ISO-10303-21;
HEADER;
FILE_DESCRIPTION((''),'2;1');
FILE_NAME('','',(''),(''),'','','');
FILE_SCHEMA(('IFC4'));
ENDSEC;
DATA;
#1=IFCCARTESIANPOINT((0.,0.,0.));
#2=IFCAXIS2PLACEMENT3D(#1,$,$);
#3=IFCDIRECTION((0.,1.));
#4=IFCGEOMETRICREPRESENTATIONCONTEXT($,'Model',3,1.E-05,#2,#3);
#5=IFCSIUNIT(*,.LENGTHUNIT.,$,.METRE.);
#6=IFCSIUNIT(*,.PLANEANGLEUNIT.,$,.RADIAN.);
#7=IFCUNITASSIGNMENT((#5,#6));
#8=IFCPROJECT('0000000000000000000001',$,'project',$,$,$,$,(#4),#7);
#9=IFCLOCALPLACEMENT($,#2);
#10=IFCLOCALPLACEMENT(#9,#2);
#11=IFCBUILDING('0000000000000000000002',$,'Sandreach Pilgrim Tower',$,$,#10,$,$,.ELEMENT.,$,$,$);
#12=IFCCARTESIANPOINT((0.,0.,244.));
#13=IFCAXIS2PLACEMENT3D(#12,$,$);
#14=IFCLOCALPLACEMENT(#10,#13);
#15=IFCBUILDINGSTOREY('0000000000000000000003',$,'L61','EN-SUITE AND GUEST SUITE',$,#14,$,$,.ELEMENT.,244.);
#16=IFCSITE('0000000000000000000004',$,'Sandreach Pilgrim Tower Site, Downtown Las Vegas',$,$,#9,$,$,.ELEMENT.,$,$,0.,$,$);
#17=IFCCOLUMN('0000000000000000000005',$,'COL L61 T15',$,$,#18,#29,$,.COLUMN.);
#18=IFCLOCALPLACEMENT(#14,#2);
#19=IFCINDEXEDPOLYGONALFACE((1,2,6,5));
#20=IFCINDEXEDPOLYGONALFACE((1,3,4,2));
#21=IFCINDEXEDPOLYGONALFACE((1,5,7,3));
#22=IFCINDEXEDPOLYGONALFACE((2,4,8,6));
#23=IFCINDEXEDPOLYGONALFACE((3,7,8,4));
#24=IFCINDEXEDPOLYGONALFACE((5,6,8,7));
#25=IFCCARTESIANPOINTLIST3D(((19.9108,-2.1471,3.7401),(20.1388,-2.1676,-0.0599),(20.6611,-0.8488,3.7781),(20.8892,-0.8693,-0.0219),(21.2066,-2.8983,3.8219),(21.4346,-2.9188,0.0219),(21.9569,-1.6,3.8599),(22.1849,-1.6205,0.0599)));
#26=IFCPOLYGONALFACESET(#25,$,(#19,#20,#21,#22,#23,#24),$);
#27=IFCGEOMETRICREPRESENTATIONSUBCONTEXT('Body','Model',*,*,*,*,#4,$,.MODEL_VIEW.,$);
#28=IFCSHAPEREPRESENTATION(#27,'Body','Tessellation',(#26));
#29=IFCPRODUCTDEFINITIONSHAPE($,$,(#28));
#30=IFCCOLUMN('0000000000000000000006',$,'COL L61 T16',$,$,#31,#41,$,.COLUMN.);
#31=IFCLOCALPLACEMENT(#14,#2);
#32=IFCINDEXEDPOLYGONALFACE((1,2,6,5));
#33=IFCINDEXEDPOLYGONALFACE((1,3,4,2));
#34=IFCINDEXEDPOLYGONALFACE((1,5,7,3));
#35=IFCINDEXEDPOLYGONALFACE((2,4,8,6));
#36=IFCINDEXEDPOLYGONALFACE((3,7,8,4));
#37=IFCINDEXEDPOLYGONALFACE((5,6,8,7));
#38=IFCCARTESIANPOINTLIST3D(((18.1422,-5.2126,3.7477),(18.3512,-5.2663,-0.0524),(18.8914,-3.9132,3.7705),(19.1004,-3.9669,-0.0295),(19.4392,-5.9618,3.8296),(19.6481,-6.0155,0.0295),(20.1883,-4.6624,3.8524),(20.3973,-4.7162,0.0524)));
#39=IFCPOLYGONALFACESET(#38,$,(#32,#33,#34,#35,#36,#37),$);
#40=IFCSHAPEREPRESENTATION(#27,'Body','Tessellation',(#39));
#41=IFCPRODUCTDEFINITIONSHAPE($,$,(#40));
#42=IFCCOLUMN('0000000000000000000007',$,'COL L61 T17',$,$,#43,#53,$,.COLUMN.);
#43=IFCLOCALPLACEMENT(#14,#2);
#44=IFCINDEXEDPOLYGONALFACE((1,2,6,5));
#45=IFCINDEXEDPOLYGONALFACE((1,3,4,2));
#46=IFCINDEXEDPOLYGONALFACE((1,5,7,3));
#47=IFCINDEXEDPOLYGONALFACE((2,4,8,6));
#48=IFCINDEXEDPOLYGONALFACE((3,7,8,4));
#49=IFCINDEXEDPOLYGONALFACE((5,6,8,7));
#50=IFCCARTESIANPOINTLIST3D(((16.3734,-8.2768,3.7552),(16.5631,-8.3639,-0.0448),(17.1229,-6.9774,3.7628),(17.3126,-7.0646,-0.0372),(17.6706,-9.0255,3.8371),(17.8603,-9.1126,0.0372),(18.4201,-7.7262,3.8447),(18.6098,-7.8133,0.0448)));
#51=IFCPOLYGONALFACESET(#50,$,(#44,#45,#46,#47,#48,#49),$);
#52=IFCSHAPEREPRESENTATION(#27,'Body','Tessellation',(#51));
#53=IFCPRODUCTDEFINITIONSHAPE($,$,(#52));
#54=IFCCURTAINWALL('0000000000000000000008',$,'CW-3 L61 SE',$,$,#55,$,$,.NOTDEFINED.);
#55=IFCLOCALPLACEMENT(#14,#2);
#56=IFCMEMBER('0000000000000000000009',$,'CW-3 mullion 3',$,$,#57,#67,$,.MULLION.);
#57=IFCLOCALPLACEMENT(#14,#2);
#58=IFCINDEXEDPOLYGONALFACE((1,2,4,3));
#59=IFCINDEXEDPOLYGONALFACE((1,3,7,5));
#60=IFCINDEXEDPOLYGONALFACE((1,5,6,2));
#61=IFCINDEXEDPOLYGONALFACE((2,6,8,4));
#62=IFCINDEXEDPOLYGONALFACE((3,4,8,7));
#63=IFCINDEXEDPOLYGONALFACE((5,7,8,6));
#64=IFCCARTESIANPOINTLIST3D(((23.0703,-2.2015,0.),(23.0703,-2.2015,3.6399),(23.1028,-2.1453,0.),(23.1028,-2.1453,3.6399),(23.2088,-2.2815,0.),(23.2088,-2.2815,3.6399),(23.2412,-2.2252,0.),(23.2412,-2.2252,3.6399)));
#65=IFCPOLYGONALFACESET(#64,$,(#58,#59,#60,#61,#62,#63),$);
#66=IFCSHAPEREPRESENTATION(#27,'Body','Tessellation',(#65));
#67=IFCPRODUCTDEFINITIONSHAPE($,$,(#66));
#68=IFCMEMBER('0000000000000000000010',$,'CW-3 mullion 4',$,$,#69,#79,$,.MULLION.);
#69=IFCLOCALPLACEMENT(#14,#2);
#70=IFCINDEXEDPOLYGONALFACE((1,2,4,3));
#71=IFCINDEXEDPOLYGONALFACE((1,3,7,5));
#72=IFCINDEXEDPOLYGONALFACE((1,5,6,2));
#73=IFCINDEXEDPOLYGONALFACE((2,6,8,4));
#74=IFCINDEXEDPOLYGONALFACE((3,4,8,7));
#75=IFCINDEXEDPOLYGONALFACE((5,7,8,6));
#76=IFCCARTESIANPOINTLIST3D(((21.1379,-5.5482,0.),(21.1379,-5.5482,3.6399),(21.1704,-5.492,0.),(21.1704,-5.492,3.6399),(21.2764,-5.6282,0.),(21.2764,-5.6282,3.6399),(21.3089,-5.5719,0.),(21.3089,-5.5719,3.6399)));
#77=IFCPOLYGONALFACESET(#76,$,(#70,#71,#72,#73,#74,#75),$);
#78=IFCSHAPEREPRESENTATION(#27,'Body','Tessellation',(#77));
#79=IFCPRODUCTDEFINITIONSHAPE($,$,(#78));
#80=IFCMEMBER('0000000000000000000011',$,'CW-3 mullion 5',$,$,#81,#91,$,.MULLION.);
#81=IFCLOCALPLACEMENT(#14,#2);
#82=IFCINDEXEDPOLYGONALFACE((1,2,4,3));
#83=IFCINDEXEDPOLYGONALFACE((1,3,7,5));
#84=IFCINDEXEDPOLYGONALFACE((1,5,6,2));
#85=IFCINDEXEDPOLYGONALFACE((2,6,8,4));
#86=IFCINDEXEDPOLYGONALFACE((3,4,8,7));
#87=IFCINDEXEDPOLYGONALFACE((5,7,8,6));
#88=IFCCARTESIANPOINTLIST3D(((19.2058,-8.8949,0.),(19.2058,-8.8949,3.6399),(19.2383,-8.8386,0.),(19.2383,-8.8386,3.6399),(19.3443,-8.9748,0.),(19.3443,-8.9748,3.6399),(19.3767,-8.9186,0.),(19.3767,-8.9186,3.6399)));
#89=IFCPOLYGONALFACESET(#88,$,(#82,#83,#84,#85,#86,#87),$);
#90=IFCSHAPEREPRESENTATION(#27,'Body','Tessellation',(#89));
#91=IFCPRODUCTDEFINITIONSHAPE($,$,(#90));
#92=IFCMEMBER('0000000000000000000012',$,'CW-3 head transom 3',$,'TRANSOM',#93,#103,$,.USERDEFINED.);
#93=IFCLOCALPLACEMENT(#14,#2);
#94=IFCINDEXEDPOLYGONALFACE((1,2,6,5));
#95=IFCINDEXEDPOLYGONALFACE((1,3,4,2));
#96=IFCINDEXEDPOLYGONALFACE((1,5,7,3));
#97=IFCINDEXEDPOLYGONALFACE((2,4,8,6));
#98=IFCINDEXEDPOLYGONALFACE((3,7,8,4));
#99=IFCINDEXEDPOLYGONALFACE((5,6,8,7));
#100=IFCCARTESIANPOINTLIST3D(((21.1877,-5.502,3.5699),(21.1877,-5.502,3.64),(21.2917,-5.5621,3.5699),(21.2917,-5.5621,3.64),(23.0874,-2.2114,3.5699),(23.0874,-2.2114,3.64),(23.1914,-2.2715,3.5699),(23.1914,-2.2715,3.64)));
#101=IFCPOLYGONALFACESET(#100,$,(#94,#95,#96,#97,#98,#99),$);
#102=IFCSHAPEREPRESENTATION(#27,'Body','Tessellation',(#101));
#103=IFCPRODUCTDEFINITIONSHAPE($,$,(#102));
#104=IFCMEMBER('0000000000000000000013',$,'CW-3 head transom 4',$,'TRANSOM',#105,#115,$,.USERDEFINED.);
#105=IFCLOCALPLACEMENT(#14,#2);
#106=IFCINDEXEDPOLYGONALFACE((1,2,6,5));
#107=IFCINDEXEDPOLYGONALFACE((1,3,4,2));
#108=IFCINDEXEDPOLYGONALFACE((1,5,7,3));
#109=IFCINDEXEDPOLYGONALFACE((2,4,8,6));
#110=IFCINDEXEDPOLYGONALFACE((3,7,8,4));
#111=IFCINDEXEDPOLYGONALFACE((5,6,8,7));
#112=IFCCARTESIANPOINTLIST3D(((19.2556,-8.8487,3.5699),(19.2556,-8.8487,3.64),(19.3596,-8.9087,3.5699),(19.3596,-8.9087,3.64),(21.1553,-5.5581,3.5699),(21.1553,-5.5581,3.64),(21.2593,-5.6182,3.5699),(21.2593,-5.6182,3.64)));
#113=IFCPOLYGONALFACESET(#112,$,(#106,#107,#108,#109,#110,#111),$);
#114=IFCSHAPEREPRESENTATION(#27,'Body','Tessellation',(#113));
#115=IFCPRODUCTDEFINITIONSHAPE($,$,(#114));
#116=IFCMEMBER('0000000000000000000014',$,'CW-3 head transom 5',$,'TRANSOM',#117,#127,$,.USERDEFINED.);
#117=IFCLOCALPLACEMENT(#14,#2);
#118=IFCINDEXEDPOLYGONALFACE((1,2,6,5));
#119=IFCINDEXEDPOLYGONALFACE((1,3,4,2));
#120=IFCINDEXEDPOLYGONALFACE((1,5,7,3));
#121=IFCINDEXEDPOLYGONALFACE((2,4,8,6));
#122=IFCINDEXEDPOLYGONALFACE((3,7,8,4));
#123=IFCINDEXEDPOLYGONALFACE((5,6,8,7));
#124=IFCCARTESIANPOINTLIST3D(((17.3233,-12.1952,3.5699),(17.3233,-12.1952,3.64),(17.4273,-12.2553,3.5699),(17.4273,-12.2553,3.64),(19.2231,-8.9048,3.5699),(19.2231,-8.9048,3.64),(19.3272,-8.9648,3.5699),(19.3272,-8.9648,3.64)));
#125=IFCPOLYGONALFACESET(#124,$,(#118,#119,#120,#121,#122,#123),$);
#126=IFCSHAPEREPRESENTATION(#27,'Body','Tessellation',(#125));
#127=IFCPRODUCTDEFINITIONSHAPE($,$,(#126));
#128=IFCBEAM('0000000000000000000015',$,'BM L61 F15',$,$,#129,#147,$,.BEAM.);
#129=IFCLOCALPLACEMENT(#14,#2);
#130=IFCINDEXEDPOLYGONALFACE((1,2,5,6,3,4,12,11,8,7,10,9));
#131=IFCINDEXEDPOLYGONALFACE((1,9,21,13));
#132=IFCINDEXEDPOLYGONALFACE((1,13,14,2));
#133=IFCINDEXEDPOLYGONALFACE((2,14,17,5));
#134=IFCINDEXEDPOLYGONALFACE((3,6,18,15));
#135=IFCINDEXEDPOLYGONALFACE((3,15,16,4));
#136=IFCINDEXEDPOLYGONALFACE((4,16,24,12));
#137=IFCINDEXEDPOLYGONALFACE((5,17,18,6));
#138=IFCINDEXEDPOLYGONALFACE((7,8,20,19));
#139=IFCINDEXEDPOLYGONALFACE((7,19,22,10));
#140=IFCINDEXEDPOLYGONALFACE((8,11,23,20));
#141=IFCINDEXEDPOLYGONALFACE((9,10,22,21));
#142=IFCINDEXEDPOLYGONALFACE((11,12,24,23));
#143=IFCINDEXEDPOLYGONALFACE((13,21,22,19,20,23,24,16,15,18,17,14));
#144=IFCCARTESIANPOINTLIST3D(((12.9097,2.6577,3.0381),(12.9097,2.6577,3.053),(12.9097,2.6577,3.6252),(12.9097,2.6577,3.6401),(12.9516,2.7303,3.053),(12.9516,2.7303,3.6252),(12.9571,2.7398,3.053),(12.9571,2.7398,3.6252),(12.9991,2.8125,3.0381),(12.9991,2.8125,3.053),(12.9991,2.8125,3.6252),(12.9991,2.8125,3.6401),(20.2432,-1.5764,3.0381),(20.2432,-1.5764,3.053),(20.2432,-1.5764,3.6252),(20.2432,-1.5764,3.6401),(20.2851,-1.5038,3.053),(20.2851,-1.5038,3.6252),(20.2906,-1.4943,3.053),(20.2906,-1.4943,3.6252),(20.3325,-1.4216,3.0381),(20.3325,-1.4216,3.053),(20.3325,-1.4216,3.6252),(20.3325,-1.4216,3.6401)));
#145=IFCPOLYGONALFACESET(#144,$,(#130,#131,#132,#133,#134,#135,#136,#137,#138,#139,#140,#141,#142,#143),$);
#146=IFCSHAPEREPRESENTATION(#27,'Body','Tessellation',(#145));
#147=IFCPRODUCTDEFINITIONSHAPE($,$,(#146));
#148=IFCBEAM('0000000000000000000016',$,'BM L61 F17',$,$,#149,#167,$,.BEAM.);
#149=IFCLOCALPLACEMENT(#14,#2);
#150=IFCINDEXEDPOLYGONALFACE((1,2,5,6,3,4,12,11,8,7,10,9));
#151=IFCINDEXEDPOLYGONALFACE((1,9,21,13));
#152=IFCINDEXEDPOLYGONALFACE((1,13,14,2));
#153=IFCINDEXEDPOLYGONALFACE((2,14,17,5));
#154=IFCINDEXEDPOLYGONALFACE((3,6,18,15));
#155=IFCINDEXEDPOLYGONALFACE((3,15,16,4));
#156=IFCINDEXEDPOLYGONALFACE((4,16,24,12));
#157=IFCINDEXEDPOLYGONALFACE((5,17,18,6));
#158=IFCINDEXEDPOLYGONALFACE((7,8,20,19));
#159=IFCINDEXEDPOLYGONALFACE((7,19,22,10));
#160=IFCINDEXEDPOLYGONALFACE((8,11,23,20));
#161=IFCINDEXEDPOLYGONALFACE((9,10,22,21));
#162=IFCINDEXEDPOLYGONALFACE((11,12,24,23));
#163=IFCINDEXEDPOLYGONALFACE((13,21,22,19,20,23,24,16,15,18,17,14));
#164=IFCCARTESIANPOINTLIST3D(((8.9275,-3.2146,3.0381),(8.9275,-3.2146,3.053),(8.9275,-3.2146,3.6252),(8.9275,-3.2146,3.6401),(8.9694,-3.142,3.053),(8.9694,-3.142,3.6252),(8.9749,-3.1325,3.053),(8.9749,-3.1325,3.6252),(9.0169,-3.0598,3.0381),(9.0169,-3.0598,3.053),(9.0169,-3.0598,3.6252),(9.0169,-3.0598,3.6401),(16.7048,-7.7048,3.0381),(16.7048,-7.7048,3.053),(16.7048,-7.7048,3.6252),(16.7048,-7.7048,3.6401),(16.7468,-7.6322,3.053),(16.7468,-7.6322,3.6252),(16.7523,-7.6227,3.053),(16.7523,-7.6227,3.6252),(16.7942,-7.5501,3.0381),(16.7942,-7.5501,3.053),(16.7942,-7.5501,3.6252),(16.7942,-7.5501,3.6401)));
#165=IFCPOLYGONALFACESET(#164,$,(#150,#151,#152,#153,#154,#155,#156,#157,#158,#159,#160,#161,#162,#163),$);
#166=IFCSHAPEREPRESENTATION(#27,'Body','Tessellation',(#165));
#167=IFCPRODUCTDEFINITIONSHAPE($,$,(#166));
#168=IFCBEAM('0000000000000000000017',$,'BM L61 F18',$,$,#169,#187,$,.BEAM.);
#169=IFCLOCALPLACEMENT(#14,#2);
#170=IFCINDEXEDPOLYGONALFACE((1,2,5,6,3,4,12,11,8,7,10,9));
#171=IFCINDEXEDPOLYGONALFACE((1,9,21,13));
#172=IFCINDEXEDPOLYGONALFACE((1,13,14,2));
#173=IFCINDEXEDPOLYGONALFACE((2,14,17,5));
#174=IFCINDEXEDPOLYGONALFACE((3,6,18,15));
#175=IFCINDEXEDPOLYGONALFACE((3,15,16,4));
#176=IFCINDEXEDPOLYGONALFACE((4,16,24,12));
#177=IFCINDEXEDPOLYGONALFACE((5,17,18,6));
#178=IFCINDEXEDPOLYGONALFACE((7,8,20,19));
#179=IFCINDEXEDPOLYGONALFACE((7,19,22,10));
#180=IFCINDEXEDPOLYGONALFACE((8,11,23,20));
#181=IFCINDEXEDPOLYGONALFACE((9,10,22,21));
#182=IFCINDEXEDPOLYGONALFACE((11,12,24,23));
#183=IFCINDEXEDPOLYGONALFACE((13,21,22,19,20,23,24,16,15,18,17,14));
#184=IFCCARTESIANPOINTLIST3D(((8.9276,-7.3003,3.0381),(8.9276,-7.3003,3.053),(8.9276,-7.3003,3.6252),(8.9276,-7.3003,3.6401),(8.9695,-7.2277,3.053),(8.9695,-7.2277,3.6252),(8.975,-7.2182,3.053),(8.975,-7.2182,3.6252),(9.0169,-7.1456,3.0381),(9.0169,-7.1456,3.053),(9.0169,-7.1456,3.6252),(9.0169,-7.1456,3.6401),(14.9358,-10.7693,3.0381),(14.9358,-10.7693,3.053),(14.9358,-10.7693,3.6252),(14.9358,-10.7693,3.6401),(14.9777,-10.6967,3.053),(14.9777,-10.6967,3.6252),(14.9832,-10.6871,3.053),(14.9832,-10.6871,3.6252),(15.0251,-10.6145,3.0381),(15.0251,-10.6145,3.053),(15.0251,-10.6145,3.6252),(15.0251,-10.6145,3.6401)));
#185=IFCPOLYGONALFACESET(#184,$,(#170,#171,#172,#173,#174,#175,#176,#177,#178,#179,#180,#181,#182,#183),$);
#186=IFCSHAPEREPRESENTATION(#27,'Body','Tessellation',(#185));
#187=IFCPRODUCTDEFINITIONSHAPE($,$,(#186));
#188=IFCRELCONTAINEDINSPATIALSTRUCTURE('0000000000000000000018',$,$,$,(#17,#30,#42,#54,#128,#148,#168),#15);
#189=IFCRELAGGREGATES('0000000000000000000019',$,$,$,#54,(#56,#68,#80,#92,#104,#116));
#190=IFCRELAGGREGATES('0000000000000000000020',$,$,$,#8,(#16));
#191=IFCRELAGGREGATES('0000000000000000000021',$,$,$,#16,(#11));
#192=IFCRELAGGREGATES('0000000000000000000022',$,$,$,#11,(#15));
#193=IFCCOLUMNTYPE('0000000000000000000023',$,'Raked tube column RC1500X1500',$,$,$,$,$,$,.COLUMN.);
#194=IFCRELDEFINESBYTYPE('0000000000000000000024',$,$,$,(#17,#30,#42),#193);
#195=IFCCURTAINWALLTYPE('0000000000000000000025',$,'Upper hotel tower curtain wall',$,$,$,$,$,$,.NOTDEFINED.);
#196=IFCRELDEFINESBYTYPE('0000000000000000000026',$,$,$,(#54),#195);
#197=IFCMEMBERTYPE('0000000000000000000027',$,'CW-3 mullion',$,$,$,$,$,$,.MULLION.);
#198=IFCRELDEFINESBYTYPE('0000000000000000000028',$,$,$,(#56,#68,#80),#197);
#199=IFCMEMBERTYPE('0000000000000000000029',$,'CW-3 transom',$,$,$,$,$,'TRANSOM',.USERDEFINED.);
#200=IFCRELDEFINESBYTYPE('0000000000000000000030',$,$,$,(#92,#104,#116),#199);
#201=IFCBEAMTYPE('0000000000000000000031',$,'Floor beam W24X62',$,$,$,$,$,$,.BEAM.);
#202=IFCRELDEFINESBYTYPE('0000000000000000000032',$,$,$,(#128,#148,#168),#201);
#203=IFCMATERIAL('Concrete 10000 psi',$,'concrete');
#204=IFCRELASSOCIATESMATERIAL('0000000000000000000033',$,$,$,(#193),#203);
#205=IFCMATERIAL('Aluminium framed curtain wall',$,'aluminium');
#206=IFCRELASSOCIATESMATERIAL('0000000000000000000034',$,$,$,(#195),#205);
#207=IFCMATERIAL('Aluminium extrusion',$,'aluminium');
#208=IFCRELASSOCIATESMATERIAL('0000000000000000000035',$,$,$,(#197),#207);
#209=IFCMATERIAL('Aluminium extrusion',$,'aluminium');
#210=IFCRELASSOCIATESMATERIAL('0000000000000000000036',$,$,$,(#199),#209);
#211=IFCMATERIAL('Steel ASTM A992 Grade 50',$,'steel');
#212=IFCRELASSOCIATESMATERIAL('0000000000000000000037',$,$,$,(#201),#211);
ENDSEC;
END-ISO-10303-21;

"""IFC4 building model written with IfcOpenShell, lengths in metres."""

from ifc_helpers import new_model, si_unit, direction, frame, origin, origin_2d, place, context, subcontext, project, spatial, rectangle, i_section, extrude, material, material_profile, profile_set, type_object, element, aggregate, save


model = new_model("IFC4")

# Units and contexts
model_context = context("Model", 3, precision=1e-05, world=origin(), true_north=direction((0.0, 1.0)))
body_context = subcontext(model_context, "Body", "Model", "MODEL_VIEW")
ifc_project = project(units=[si_unit("LENGTHUNIT", "METRE"), si_unit("PLANEANGLEUNIT", "RADIAN")], contexts=[model_context])

# Site, building, storey
site_placement = place(None, origin())
site = spatial("IfcSite", under=ifc_project, at=site_placement, Name="Sandreach Pilgrim Tower Site, Downtown Las Vegas", CompositionType="ELEMENT", RefElevation=0.0)
building_placement = place(site_placement, origin())
building = spatial("IfcBuilding", under=site, at=building_placement, Name="Sandreach Pilgrim Tower", CompositionType="ELEMENT")
storey_placement = place(building_placement, frame((0.0, 0.0, 244.0)))
storey = spatial("IfcBuildingStorey", under=building, at=storey_placement, Name="L61", Description="EN-SUITE AND GUEST SUITE", CompositionType="ELEMENT", Elevation=244.0)

# Columns
ifc_material_1 = material(Name="Concrete 10000 psi", Category="concrete")
ifc_material_profile_1 = material_profile(ifc_material_1, rectangle(XDim=1.5, YDim=1.5, at=origin_2d()), Name="RC1500X1500")
ifc_profile_set_1 = profile_set([ifc_material_profile_1], Name="Concrete 10000 psi")
column_type = type_object("IfcColumnType", Name="Raked tube column RC1500X1500", PredefinedType="COLUMN", material=ifc_profile_set_1)
column_1_placement = place(storey_placement, frame((21.1619, -1.894, 0.0), z_axis=(-0.059898, 0.005387, 0.99819), x_axis=(0.863829, -0.500825, 0.054538)))
element("IfcColumn", 1, at=column_1_placement, inside=storey, type_object=column_type, Name="COL L61 T15", PredefinedType="COLUMN", context=body_context, shape_type="SweptSolid", body=[
    extrude(rectangle(XDim=1.5, YDim=1.5, at=origin_2d()), origin(), (0.0, 0.0, 1.0), 3.8069),
])
column_2_placement = place(storey_placement, frame((19.3743, -4.9912, 0.0), z_axis=(-0.054907, 0.014112, 0.998392), x_axis=(0.864606, -0.499474, 0.054609)))
element("IfcColumn", 2, at=column_2_placement, inside=storey, type_object=column_type, Name="COL L61 T16", PredefinedType="COLUMN", context=body_context, shape_type="SweptSolid", body=[
    extrude(rectangle(XDim=1.5, YDim=1.5, at=origin_2d()), origin(), (0.0, 0.0, 1.0), 3.8062),
])
column_3_placement = place(storey_placement, frame((17.5864, -8.0886, 0.0), z_axis=(-0.049845, 0.022902, 0.998494), x_axis=(0.864792, -0.499152, 0.054619)))
element("IfcColumn", 3, at=column_3_placement, inside=storey, type_object=column_type, Name="COL L61 T17", PredefinedType="COLUMN", context=body_context, shape_type="SweptSolid", body=[
    extrude(rectangle(XDim=1.5, YDim=1.5, at=origin_2d()), origin(), (0.0, 0.0, 1.0), 3.8057),
])

# Curtain wall, members
ifc_material_2 = material(Name="Aluminium framed curtain wall", Category="aluminium")
curtain_wall_type = type_object("IfcCurtainWallType", Name="Upper hotel tower curtain wall", PredefinedType="NOTDEFINED", material=ifc_material_2)
curtain_wall_placement = place(storey_placement, origin())
curtain_wall = element("IfcCurtainWall", 4, at=curtain_wall_placement, inside=storey, type_object=curtain_wall_type, Name="CW-3 L61 SE", PredefinedType="NOTDEFINED")
ifc_material_3 = material(Name="Aluminium extrusion", Category="aluminium")
ifc_material_profile_2 = material_profile(ifc_material_3, rectangle(XDim=0.0649, YDim=0.1599, at=origin_2d()), Name="CW-3M 65X160")
ifc_profile_set_2 = profile_set([ifc_material_profile_2], Name="Aluminium extrusion")
member_type_1 = type_object("IfcMemberType", Name="CW-3 mullion", PredefinedType="MULLION", material=ifc_profile_set_2)
member_1_placement = place(storey_placement, frame((23.1558, -2.2134, 0.0), z_axis=(0.0, 0.0, 1.0), x_axis=(-0.5, -0.866025, 0.0)))
member_1 = element("IfcMember", 5, at=member_1_placement, type_object=member_type_1, Name="CW-3 mullion 3", PredefinedType="MULLION", context=body_context, shape_type="SweptSolid", body=[
    extrude(rectangle(XDim=0.0649, YDim=0.1599, at=origin_2d()), origin(), (0.0, 0.0, 1.0), 3.6399),
])
member_2_placement = place(storey_placement, frame((21.2234, -5.5601, 0.0), z_axis=(0.0, 0.0, 1.0), x_axis=(-0.5, -0.866025, 0.0)))
member_2 = element("IfcMember", 6, at=member_2_placement, type_object=member_type_1, Name="CW-3 mullion 4", PredefinedType="MULLION", context=body_context, shape_type="SweptSolid", body=[
    extrude(rectangle(XDim=0.0649, YDim=0.1599, at=origin_2d()), origin(), (0.0, 0.0, 1.0), 3.6399),
])
member_3_placement = place(storey_placement, frame((19.2913, -8.9067, 0.0), z_axis=(0.0, 0.0, 1.0), x_axis=(-0.5, -0.866025, 0.0)))
member_3 = element("IfcMember", 7, at=member_3_placement, type_object=member_type_1, Name="CW-3 mullion 5", PredefinedType="MULLION", context=body_context, shape_type="SweptSolid", body=[
    extrude(rectangle(XDim=0.0649, YDim=0.1599, at=origin_2d()), origin(), (0.0, 0.0, 1.0), 3.6399),
])
ifc_material_4 = material(Name="Aluminium extrusion", Category="aluminium")
ifc_material_profile_3 = material_profile(ifc_material_4, rectangle(XDim=0.1201, YDim=0.0701, at=origin_2d()), Name="CW-3T 120X70")
ifc_profile_set_3 = profile_set([ifc_material_profile_3], Name="Aluminium extrusion")
member_type_2 = type_object("IfcMemberType", Name="CW-3 transom", ElementType="TRANSOM", PredefinedType="USERDEFINED", material=ifc_profile_set_3)
member_4_placement = place(storey_placement, frame((23.1394, -2.2415, 3.605), z_axis=(-0.499975, -0.86604, 0.0), x_axis=(0.86604, -0.499975, 0.0)))
member_4 = element("IfcMember", 8, at=member_4_placement, type_object=member_type_2, Name="CW-3 head transom 3", ObjectType="TRANSOM", PredefinedType="USERDEFINED", context=body_context, shape_type="SweptSolid", body=[
    extrude(rectangle(XDim=0.1201, YDim=0.0701, at=origin_2d()), origin(), (0.0, 0.0, 1.0), 3.7996),
])
member_5_placement = place(storey_placement, frame((21.2073, -5.5881, 3.605), z_axis=(-0.499975, -0.86604, 0.0), x_axis=(0.86604, -0.499975, 0.0)))
member_5 = element("IfcMember", 9, at=member_5_placement, type_object=member_type_2, Name="CW-3 head transom 4", ObjectType="TRANSOM", PredefinedType="USERDEFINED", context=body_context, shape_type="SweptSolid", body=[
    extrude(rectangle(XDim=0.1201, YDim=0.0701, at=origin_2d()), origin(), (0.0, 0.0, 1.0), 3.7996),
])
member_6_placement = place(storey_placement, frame((19.2751, -8.9348, 3.605), z_axis=(-0.500023, -0.866012, 0.0), x_axis=(0.866012, -0.500023, 0.0)))
member_6 = element("IfcMember", 10, at=member_6_placement, type_object=member_type_2, Name="CW-3 head transom 5", ObjectType="TRANSOM", PredefinedType="USERDEFINED", context=body_context, shape_type="SweptSolid", body=[
    extrude(rectangle(XDim=0.1201, YDim=0.0701, at=origin_2d()), origin(), (0.0, 0.0, 1.0), 3.7996),
])

# Beams
ifc_material_5 = material(Name="Steel ASTM A992 Grade 50", Category="steel")
ifc_material_profile_4 = material_profile(ifc_material_5, i_section(OverallWidth=0.1787, OverallDepth=0.6021, WebThickness=0.011, FlangeThickness=0.0149, at=origin_2d()), Name="W24X62")
ifc_profile_set_4 = profile_set([ifc_material_profile_4], Name="Steel ASTM A992 Grade 50")
beam_type_1 = type_object("IfcBeamType", Name="Floor beam W24X62", PredefinedType="BEAM", material=ifc_profile_set_4)
beam_1_placement = place(storey_placement, frame((20.2878, -1.499, 3.3391), z_axis=(-0.866019, 0.500012, 0.0), x_axis=(-0.500012, -0.866019, 0.0)))
element("IfcBeam", 11, at=beam_1_placement, inside=storey, type_object=beam_type_1, Name="BM L61 F15", PredefinedType="BEAM", context=body_context, shape_type="SweptSolid", body=[
    extrude(i_section(OverallWidth=0.1787, OverallDepth=0.6021, WebThickness=0.011, FlangeThickness=0.0149, at=origin_2d()), origin(), (0.0, 0.0, 1.0), 8.468),
])
beam_2_placement = place(storey_placement, frame((16.7495, -7.6274, 3.3391), z_axis=(-0.866026, 0.499999, 0.0), x_axis=(-0.499999, -0.866026, 0.0)))
element("IfcBeam", 12, at=beam_2_placement, inside=storey, type_object=beam_type_1, Name="BM L61 F17", PredefinedType="BEAM", context=body_context, shape_type="SweptSolid", body=[
    extrude(i_section(OverallWidth=0.1787, OverallDepth=0.6021, WebThickness=0.011, FlangeThickness=0.0149, at=origin_2d()), origin(), (0.0, 0.0, 1.0), 8.9805),
])
beam_3_placement = place(storey_placement, frame((14.9805, -10.6919, 3.3391), z_axis=(-0.866019, 0.500011, 0.0), x_axis=(-0.500011, -0.866019, 0.0)))
element("IfcBeam", 13, at=beam_3_placement, inside=storey, type_object=beam_type_1, Name="BM L61 F18", PredefinedType="BEAM", context=body_context, shape_type="SweptSolid", body=[
    extrude(i_section(OverallWidth=0.1787, OverallDepth=0.6021, WebThickness=0.011, FlangeThickness=0.0149, at=origin_2d()), origin(), (0.0, 0.0, 1.0), 6.9377),
])

aggregate(curtain_wall, [member_1, member_2, member_3, member_4, member_5, member_6])

save(model, "model.ifc")
